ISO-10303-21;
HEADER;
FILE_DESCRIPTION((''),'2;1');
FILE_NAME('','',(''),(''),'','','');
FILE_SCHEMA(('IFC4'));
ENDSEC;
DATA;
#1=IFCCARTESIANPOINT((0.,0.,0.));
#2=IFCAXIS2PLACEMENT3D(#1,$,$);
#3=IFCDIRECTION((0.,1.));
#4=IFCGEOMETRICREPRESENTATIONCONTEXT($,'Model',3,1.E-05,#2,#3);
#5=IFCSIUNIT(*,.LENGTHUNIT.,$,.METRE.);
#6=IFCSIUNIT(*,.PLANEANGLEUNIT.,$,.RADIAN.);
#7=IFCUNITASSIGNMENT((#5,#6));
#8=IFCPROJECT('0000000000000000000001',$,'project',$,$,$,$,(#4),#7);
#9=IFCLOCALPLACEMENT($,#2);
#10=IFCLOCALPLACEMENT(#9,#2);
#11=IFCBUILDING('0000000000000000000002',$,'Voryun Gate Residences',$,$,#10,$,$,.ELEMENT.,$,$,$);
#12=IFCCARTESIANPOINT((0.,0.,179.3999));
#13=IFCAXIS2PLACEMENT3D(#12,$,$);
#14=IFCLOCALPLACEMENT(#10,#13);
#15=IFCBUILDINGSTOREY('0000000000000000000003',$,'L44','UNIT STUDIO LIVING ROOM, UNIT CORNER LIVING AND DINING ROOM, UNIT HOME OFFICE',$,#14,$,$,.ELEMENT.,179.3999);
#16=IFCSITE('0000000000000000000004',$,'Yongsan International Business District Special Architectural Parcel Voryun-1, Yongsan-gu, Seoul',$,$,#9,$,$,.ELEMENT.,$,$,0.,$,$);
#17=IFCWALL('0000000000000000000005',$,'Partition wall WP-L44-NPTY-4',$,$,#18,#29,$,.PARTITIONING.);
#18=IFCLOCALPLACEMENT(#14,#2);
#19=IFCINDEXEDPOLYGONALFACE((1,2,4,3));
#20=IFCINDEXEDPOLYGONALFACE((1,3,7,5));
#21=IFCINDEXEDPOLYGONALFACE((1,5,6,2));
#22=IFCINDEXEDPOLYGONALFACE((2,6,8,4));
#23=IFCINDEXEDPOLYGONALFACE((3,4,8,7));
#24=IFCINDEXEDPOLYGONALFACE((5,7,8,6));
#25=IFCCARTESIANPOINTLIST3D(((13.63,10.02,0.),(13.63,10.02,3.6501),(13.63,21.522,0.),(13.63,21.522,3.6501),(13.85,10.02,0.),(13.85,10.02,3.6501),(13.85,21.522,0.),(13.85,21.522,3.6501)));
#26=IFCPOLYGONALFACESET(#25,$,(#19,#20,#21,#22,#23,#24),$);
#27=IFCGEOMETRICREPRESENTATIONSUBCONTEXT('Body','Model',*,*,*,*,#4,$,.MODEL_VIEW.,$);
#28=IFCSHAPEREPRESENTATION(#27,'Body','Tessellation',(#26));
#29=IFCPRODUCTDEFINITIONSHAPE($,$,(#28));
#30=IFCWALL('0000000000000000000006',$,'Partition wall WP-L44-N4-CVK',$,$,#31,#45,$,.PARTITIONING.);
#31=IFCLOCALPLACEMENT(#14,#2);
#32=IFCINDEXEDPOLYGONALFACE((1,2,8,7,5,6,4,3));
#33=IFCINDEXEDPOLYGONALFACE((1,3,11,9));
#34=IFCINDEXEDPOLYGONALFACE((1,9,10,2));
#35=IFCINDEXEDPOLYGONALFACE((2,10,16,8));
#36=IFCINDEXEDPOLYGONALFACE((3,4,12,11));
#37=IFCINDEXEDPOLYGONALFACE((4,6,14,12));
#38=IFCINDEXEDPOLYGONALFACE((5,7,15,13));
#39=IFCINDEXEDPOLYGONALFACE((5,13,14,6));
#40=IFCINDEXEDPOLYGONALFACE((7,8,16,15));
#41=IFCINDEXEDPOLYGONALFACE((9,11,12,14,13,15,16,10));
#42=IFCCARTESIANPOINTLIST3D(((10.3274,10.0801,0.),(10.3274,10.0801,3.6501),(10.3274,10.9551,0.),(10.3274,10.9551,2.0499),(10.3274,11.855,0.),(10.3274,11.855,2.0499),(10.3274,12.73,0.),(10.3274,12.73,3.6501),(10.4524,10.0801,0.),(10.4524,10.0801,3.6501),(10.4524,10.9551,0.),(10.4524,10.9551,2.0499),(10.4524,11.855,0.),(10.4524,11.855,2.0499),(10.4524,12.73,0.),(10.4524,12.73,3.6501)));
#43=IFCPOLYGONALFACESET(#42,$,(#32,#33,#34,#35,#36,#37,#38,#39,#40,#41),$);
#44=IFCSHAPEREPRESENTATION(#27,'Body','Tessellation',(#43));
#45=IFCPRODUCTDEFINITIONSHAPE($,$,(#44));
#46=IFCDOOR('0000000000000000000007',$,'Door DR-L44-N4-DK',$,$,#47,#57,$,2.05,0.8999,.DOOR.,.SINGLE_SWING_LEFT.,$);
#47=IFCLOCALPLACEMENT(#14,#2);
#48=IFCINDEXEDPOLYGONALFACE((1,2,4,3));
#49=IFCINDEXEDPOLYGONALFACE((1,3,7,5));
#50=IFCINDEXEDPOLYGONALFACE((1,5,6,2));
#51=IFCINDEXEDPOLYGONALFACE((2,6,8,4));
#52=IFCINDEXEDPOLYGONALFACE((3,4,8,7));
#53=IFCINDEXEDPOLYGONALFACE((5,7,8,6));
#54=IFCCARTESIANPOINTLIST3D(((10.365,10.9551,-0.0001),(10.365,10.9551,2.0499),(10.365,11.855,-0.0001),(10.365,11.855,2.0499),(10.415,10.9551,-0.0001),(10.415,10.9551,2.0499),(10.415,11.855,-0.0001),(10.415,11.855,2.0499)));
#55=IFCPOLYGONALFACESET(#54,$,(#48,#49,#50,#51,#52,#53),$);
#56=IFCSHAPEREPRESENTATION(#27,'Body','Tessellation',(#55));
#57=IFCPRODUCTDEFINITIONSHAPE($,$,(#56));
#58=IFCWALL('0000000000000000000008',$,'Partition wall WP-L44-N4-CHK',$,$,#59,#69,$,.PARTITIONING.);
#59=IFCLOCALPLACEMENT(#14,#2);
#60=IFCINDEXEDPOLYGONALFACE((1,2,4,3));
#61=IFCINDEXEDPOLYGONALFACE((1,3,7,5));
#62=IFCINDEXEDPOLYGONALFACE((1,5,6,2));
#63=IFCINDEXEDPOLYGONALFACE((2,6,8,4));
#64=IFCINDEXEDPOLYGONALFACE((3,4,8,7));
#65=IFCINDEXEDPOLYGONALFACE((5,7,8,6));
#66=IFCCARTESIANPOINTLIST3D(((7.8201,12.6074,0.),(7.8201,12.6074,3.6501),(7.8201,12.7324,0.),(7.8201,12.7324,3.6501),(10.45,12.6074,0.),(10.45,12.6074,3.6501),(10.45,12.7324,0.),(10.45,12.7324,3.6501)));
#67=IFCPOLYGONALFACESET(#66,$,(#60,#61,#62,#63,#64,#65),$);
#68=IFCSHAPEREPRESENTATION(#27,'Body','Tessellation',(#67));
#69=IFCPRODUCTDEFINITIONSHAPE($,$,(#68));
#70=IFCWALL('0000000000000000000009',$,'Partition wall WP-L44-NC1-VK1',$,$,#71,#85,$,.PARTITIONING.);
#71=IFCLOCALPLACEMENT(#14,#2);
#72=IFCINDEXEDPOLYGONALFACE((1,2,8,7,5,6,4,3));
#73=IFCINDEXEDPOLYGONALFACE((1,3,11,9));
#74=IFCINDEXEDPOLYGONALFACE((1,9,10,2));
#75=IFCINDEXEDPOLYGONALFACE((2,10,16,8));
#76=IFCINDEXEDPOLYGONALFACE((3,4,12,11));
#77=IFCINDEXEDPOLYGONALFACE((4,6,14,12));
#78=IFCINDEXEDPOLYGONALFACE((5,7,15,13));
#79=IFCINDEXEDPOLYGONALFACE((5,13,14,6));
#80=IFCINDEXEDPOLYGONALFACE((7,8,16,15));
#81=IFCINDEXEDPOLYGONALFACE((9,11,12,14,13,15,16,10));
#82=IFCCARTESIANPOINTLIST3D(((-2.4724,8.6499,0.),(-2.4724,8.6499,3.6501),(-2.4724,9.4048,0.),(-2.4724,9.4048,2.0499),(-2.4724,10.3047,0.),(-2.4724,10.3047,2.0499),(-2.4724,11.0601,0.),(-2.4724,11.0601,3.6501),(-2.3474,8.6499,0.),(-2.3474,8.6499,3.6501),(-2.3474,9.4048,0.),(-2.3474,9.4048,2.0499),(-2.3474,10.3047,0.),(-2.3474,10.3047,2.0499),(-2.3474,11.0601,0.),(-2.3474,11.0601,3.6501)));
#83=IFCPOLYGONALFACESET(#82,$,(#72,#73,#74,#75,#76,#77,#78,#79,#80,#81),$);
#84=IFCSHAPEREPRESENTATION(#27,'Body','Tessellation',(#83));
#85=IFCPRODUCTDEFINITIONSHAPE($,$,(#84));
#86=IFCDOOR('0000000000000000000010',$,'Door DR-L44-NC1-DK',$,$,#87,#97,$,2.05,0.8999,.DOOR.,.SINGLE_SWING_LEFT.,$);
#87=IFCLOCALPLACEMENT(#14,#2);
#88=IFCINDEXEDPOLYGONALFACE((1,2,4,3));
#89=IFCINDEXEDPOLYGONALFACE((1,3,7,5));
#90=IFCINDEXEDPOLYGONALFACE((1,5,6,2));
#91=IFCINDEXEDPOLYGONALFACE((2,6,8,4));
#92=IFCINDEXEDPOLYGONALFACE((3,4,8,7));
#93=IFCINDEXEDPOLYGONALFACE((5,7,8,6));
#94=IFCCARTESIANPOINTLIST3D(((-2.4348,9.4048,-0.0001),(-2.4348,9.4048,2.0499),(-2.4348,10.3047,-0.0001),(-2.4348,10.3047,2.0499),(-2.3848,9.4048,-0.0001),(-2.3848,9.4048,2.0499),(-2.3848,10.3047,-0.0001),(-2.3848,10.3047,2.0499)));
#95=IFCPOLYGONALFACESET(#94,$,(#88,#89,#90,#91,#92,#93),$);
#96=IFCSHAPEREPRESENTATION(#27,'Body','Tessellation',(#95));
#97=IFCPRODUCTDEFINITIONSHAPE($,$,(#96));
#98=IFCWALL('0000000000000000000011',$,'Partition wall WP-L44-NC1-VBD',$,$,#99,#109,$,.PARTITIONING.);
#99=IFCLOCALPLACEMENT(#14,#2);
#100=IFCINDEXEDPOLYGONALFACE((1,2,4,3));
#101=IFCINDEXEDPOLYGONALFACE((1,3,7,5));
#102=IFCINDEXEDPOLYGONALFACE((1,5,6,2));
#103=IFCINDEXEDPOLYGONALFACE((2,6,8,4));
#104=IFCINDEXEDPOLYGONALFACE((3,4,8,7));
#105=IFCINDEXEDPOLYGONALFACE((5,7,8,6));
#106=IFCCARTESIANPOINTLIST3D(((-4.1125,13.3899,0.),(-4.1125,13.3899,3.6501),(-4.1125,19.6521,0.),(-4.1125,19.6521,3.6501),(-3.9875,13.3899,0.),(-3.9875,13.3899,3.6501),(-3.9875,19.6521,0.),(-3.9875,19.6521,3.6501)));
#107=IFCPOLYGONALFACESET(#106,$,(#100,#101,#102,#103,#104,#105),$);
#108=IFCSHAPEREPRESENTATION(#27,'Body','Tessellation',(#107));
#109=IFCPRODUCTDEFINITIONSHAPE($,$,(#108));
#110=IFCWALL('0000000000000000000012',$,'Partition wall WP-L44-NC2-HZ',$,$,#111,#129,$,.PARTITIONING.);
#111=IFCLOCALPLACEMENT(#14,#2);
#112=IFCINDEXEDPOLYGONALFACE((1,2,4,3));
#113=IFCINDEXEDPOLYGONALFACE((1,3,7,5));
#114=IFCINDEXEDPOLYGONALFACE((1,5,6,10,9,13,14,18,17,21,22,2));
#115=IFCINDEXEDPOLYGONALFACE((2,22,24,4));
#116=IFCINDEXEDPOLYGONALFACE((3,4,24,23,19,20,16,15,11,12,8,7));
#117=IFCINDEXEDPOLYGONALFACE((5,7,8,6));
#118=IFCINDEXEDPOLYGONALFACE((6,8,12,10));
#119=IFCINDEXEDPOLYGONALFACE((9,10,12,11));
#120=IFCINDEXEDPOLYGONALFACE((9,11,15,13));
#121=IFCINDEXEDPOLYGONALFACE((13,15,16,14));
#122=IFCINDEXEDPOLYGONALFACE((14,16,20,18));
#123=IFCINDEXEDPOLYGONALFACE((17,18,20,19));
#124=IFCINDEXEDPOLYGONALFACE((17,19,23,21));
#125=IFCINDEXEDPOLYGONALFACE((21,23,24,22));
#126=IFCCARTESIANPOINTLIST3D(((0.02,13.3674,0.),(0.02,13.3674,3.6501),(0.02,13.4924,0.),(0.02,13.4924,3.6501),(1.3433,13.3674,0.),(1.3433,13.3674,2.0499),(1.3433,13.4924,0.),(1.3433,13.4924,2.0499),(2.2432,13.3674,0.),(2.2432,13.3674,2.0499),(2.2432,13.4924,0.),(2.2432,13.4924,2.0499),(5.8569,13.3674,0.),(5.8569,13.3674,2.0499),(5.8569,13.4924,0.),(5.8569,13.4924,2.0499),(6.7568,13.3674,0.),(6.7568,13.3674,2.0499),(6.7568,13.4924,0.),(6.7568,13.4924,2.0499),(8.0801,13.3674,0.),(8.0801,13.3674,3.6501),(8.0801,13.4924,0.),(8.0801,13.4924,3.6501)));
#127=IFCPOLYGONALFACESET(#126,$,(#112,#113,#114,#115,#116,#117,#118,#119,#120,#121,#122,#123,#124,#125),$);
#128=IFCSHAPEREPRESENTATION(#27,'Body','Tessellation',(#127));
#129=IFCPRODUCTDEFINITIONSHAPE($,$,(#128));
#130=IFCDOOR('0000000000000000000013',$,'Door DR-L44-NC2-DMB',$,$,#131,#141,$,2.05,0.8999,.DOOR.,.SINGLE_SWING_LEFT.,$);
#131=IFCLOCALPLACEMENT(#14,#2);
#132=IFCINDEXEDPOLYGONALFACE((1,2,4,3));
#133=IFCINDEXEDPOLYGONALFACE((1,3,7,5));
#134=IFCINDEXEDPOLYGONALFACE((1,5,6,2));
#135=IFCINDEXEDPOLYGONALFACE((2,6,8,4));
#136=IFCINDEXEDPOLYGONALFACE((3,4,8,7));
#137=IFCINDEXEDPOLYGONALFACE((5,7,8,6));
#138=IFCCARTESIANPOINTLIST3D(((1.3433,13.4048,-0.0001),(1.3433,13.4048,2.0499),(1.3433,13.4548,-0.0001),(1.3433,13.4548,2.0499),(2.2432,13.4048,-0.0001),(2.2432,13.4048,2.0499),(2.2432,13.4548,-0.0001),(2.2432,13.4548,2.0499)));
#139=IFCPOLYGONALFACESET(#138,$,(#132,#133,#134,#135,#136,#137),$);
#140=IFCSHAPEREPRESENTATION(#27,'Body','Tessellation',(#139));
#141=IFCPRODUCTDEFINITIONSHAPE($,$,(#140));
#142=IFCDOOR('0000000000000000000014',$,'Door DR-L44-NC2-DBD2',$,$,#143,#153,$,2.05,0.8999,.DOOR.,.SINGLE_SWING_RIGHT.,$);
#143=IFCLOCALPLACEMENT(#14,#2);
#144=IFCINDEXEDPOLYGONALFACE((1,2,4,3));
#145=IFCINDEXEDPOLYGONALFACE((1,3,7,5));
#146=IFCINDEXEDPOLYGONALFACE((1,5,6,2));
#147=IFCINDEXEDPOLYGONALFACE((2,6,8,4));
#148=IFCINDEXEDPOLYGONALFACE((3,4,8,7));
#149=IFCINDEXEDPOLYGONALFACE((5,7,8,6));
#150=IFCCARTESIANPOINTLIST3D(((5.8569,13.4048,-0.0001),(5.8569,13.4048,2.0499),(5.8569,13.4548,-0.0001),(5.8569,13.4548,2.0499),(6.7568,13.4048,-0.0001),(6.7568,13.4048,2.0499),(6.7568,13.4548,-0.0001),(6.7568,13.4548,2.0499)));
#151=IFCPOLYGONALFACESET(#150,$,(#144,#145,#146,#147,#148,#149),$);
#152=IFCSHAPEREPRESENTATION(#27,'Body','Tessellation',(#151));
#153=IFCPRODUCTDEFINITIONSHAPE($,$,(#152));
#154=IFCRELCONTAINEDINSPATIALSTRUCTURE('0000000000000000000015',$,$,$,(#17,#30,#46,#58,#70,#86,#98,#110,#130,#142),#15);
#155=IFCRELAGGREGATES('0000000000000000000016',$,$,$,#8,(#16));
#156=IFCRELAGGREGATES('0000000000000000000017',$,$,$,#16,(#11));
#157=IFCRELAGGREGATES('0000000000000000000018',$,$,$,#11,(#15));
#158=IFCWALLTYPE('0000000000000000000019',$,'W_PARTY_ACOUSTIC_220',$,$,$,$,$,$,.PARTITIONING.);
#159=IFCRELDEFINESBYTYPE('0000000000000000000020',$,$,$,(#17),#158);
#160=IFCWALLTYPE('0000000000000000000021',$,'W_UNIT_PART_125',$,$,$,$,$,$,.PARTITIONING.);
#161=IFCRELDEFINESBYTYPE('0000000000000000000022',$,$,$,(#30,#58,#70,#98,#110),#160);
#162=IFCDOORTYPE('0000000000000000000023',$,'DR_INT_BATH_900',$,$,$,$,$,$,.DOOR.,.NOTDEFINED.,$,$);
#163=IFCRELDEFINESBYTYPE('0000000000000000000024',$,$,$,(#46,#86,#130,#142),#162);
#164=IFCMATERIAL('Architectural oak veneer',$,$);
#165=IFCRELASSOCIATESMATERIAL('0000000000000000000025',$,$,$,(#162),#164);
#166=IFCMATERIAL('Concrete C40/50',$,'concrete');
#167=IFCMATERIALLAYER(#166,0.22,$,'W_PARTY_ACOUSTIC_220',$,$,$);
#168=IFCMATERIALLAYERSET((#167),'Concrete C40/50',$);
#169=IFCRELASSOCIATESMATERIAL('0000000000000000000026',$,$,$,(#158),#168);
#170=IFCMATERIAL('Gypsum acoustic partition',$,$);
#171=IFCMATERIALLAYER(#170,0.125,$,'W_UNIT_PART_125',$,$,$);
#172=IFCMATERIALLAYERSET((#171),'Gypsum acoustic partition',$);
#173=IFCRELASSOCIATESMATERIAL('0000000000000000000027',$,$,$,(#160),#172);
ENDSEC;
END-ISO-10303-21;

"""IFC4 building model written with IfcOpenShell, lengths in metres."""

from ifc_helpers import new_model, si_unit, direction, frame, frame_2d, origin, place, context, subcontext, project, spatial, rectangle, extrude, material, layer, layer_set, type_object, element, fill, save


model = new_model("IFC4")

# Units and contexts
model_context = context("Model", 3, precision=1e-05, world=origin(), true_north=direction((0.0, 1.0)))
body_context = subcontext(model_context, "Body", "Model", "MODEL_VIEW")
ifc_project = project(units=[si_unit("LENGTHUNIT", "METRE"), si_unit("PLANEANGLEUNIT", "RADIAN")], contexts=[model_context])

# Site, building, storey
site_placement = place(None, origin())
site = spatial("IfcSite", under=ifc_project, at=site_placement, Name="Yongsan International Business District Special Architectural Parcel Voryun-1, Yongsan-gu, Seoul", CompositionType="ELEMENT", RefElevation=0.0)
building_placement = place(site_placement, origin())
building = spatial("IfcBuilding", under=site, at=building_placement, Name="Voryun Gate Residences", CompositionType="ELEMENT")
storey_placement = place(building_placement, frame((0.0, 0.0, 179.3999)))
storey = spatial("IfcBuildingStorey", under=building, at=storey_placement, Name="L44", Description="UNIT STUDIO LIVING ROOM, UNIT CORNER LIVING AND DINING ROOM, UNIT HOME OFFICE", CompositionType="ELEMENT", Elevation=179.3999)

# Shared definitions
ifc_material_1 = material(Name="Architectural oak veneer")
door_type_1 = type_object("IfcDoorType", Name="DR_INT_BATH_900", OperationType="NOTDEFINED", PredefinedType="DOOR", material=ifc_material_1)

# Wall
ifc_material_2 = material(Name="Concrete C40/50", Category="concrete")
ifc_layer_1 = layer(ifc_material_2, 0.22, Name="W_PARTY_ACOUSTIC_220")
ifc_layer_set_1 = layer_set([ifc_layer_1], Name="Concrete C40/50")
wall_type_1 = type_object("IfcWallType", Name="W_PARTY_ACOUSTIC_220", PredefinedType="PARTITIONING", material=ifc_layer_set_1)
wall_1_placement = place(storey_placement, frame((13.74, 10.02, 0.0), z_axis=(0.0, 0.0, 1.0), x_axis=(0.0, 1.0, 0.0)))
element("IfcWall", 1, at=wall_1_placement, inside=storey, type_object=wall_type_1, Name="Partition wall WP-L44-NPTY-4", PredefinedType="PARTITIONING", context=body_context, shape_type="SweptSolid", body=[
    extrude(rectangle(XDim=11.502, YDim=0.22, at=frame_2d((5.751, 0.0))), origin(), (0.0, 0.0, 1.0), 3.6501),
])

# Wall, opening, door
ifc_material_3 = material(Name="Gypsum acoustic partition")
ifc_layer_2 = layer(ifc_material_3, 0.125, Name="W_UNIT_PART_125")
ifc_layer_set_2 = layer_set([ifc_layer_2], Name="Gypsum acoustic partition")
wall_type_2 = type_object("IfcWallType", Name="W_UNIT_PART_125", PredefinedType="PARTITIONING", material=ifc_layer_set_2)
wall_2_placement = place(storey_placement, frame((10.3899, 10.0801, 0.0), z_axis=(0.0, 0.0, 1.0), x_axis=(0.0, 1.0, 0.0)))
wall_2 = element("IfcWall", 2, at=wall_2_placement, inside=storey, type_object=wall_type_2, Name="Partition wall WP-L44-N4-CVK", PredefinedType="PARTITIONING", context=body_context, shape_type="SweptSolid", body=[
    extrude(rectangle(XDim=2.6499, YDim=0.125, at=frame_2d((1.325, 0.0))), origin(), (0.0, 0.0, 1.0), 3.6501),
])
opening_1_placement = place(wall_2_placement, frame((0.875, 0.0, 0.0)))
opening_1 = element("IfcOpeningElement", 3, at=opening_1_placement, cuts=wall_2, PredefinedType="OPENING", context=body_context, shape_type="SweptSolid", body=[
    extrude(rectangle(XDim=0.8999, YDim=2.05, at=frame_2d((0.45, 1.0249))), frame((0.0, 0.0725, 0.0), z_axis=(0.0, -1.0, 0.0), x_axis=(1.0, 0.0, 0.0)), (0.0, 0.0, 1.0), 0.145),
])
door_1_placement = place(opening_1_placement, origin())
door_1 = element("IfcDoor", 4, at=door_1_placement, inside=storey, type_object=door_type_1, Name="Door DR-L44-N4-DK", OperationType="SINGLE_SWING_LEFT", OverallHeight=2.05, OverallWidth=0.8999, PredefinedType="DOOR", context=body_context, shape_type="SweptSolid", body=[
    extrude(rectangle(XDim=0.8999, YDim=2.05, at=frame_2d((0.45, 1.0249))), frame((0.0, 0.0249, 0.0), z_axis=(0.0, -1.0, 0.0), x_axis=(1.0, 0.0, 0.0)), (0.0, 0.0, 1.0), 0.05),
])
fill(opening_1, door_1)

# Wall
wall_3_placement = place(storey_placement, frame((7.8201, 12.6699, 0.0), z_axis=(0.0, 0.0, 1.0), x_axis=(1.0, 0.0, 0.0)))
element("IfcWall", 5, at=wall_3_placement, inside=storey, type_object=wall_type_2, Name="Partition wall WP-L44-N4-CHK", PredefinedType="PARTITIONING", context=body_context, shape_type="SweptSolid", body=[
    extrude(rectangle(XDim=2.6299, YDim=0.125, at=frame_2d((1.3149, 0.0))), origin(), (0.0, 0.0, 1.0), 3.6501),
])

# Wall, opening, door
wall_4_placement = place(storey_placement, frame((-2.4099, 8.6499, 0.0), z_axis=(0.0, 0.0, 1.0), x_axis=(0.0, 1.0, 0.0)))
wall_4 = element("IfcWall", 6, at=wall_4_placement, inside=storey, type_object=wall_type_2, Name="Partition wall WP-L44-NC1-VK1", PredefinedType="PARTITIONING", context=body_context, shape_type="SweptSolid", body=[
    extrude(rectangle(XDim=2.4102, YDim=0.125, at=frame_2d((1.2051, 0.0))), origin(), (0.0, 0.0, 1.0), 3.6501),
])
opening_2_placement = place(wall_4_placement, frame((0.7549, 0.0, 0.0)))
opening_2 = element("IfcOpeningElement", 7, at=opening_2_placement, cuts=wall_4, PredefinedType="OPENING", context=body_context, shape_type="SweptSolid", body=[
    extrude(rectangle(XDim=0.8999, YDim=2.05, at=frame_2d((0.45, 1.0249))), frame((0.0, 0.0725, 0.0), z_axis=(0.0, -1.0, 0.0), x_axis=(1.0, 0.0, 0.0)), (0.0, 0.0, 1.0), 0.145),
])
door_2_placement = place(opening_2_placement, origin())
door_2 = element("IfcDoor", 8, at=door_2_placement, inside=storey, type_object=door_type_1, Name="Door DR-L44-NC1-DK", OperationType="SINGLE_SWING_LEFT", OverallHeight=2.05, OverallWidth=0.8999, PredefinedType="DOOR", context=body_context, shape_type="SweptSolid", body=[
    extrude(rectangle(XDim=0.8999, YDim=2.05, at=frame_2d((0.45, 1.0249))), frame((0.0, 0.0249, 0.0), z_axis=(0.0, -1.0, 0.0), x_axis=(1.0, 0.0, 0.0)), (0.0, 0.0, 1.0), 0.05),
])
fill(opening_2, door_2)

# Wall
wall_5_placement = place(storey_placement, frame((-4.05, 13.3899, 0.0), z_axis=(0.0, 0.0, 1.0), x_axis=(0.0, 1.0, 0.0)))
element("IfcWall", 9, at=wall_5_placement, inside=storey, type_object=wall_type_2, Name="Partition wall WP-L44-NC1-VBD", PredefinedType="PARTITIONING", context=body_context, shape_type="SweptSolid", body=[
    extrude(rectangle(XDim=6.2622, YDim=0.125, at=frame_2d((3.1311, 0.0))), origin(), (0.0, 0.0, 1.0), 3.6501),
])

# Wall, openings, doors
wall_6_placement = place(storey_placement, frame((0.02, 13.4299, 0.0), z_axis=(0.0, 0.0, 1.0), x_axis=(1.0, 0.0, 0.0)))
wall_6 = element("IfcWall", 10, at=wall_6_placement, inside=storey, type_object=wall_type_2, Name="Partition wall WP-L44-NC2-HZ", PredefinedType="PARTITIONING", context=body_context, shape_type="SweptSolid", body=[
    extrude(rectangle(XDim=8.0601, YDim=0.125, at=frame_2d((4.03, 0.0))), origin(), (0.0, 0.0, 1.0), 3.6501),
])
opening_3_placement = place(wall_6_placement, frame((1.3232, 0.0, 0.0)))
opening_3 = element("IfcOpeningElement", 11, at=opening_3_placement, cuts=wall_6, PredefinedType="OPENING", context=body_context, shape_type="SweptSolid", body=[
    extrude(rectangle(XDim=0.8999, YDim=2.05, at=frame_2d((0.45, 1.0249))), frame((0.0, 0.0725, 0.0), z_axis=(0.0, -1.0, 0.0), x_axis=(1.0, 0.0, 0.0)), (0.0, 0.0, 1.0), 0.145),
])
opening_4_placement = place(wall_6_placement, frame((5.8369, 0.0, 0.0)))
opening_4 = element("IfcOpeningElement", 12, at=opening_4_placement, cuts=wall_6, PredefinedType="OPENING", context=body_context, shape_type="SweptSolid", body=[
    extrude(rectangle(XDim=0.8999, YDim=2.05, at=frame_2d((0.45, 1.0249))), frame((0.0, 0.0725, 0.0), z_axis=(0.0, -1.0, 0.0), x_axis=(1.0, 0.0, 0.0)), (0.0, 0.0, 1.0), 0.145),
])
door_3_placement = place(opening_3_placement, origin())
door_3 = element("IfcDoor", 13, at=door_3_placement, inside=storey, type_object=door_type_1, Name="Door DR-L44-NC2-DMB", OperationType="SINGLE_SWING_LEFT", OverallHeight=2.05, OverallWidth=0.8999, PredefinedType="DOOR", context=body_context, shape_type="SweptSolid", body=[
    extrude(rectangle(XDim=0.8999, YDim=2.05, at=frame_2d((0.45, 1.0249))), frame((0.0, 0.0249, 0.0), z_axis=(0.0, -1.0, 0.0), x_axis=(1.0, 0.0, 0.0)), (0.0, 0.0, 1.0), 0.05),
])
fill(opening_3, door_3)
door_4_placement = place(opening_4_placement, origin())
door_4 = element("IfcDoor", 14, at=door_4_placement, inside=storey, type_object=door_type_1, Name="Door DR-L44-NC2-DBD2", OperationType="SINGLE_SWING_RIGHT", OverallHeight=2.05, OverallWidth=0.8999, PredefinedType="DOOR", context=body_context, shape_type="SweptSolid", body=[
    extrude(rectangle(XDim=0.8999, YDim=2.05, at=frame_2d((0.45, 1.0249))), frame((0.0, 0.0249, 0.0), z_axis=(0.0, -1.0, 0.0), x_axis=(1.0, 0.0, 0.0)), (0.0, 0.0, 1.0), 0.05),
])
fill(opening_4, door_4)

save(model, "model.ifc")
